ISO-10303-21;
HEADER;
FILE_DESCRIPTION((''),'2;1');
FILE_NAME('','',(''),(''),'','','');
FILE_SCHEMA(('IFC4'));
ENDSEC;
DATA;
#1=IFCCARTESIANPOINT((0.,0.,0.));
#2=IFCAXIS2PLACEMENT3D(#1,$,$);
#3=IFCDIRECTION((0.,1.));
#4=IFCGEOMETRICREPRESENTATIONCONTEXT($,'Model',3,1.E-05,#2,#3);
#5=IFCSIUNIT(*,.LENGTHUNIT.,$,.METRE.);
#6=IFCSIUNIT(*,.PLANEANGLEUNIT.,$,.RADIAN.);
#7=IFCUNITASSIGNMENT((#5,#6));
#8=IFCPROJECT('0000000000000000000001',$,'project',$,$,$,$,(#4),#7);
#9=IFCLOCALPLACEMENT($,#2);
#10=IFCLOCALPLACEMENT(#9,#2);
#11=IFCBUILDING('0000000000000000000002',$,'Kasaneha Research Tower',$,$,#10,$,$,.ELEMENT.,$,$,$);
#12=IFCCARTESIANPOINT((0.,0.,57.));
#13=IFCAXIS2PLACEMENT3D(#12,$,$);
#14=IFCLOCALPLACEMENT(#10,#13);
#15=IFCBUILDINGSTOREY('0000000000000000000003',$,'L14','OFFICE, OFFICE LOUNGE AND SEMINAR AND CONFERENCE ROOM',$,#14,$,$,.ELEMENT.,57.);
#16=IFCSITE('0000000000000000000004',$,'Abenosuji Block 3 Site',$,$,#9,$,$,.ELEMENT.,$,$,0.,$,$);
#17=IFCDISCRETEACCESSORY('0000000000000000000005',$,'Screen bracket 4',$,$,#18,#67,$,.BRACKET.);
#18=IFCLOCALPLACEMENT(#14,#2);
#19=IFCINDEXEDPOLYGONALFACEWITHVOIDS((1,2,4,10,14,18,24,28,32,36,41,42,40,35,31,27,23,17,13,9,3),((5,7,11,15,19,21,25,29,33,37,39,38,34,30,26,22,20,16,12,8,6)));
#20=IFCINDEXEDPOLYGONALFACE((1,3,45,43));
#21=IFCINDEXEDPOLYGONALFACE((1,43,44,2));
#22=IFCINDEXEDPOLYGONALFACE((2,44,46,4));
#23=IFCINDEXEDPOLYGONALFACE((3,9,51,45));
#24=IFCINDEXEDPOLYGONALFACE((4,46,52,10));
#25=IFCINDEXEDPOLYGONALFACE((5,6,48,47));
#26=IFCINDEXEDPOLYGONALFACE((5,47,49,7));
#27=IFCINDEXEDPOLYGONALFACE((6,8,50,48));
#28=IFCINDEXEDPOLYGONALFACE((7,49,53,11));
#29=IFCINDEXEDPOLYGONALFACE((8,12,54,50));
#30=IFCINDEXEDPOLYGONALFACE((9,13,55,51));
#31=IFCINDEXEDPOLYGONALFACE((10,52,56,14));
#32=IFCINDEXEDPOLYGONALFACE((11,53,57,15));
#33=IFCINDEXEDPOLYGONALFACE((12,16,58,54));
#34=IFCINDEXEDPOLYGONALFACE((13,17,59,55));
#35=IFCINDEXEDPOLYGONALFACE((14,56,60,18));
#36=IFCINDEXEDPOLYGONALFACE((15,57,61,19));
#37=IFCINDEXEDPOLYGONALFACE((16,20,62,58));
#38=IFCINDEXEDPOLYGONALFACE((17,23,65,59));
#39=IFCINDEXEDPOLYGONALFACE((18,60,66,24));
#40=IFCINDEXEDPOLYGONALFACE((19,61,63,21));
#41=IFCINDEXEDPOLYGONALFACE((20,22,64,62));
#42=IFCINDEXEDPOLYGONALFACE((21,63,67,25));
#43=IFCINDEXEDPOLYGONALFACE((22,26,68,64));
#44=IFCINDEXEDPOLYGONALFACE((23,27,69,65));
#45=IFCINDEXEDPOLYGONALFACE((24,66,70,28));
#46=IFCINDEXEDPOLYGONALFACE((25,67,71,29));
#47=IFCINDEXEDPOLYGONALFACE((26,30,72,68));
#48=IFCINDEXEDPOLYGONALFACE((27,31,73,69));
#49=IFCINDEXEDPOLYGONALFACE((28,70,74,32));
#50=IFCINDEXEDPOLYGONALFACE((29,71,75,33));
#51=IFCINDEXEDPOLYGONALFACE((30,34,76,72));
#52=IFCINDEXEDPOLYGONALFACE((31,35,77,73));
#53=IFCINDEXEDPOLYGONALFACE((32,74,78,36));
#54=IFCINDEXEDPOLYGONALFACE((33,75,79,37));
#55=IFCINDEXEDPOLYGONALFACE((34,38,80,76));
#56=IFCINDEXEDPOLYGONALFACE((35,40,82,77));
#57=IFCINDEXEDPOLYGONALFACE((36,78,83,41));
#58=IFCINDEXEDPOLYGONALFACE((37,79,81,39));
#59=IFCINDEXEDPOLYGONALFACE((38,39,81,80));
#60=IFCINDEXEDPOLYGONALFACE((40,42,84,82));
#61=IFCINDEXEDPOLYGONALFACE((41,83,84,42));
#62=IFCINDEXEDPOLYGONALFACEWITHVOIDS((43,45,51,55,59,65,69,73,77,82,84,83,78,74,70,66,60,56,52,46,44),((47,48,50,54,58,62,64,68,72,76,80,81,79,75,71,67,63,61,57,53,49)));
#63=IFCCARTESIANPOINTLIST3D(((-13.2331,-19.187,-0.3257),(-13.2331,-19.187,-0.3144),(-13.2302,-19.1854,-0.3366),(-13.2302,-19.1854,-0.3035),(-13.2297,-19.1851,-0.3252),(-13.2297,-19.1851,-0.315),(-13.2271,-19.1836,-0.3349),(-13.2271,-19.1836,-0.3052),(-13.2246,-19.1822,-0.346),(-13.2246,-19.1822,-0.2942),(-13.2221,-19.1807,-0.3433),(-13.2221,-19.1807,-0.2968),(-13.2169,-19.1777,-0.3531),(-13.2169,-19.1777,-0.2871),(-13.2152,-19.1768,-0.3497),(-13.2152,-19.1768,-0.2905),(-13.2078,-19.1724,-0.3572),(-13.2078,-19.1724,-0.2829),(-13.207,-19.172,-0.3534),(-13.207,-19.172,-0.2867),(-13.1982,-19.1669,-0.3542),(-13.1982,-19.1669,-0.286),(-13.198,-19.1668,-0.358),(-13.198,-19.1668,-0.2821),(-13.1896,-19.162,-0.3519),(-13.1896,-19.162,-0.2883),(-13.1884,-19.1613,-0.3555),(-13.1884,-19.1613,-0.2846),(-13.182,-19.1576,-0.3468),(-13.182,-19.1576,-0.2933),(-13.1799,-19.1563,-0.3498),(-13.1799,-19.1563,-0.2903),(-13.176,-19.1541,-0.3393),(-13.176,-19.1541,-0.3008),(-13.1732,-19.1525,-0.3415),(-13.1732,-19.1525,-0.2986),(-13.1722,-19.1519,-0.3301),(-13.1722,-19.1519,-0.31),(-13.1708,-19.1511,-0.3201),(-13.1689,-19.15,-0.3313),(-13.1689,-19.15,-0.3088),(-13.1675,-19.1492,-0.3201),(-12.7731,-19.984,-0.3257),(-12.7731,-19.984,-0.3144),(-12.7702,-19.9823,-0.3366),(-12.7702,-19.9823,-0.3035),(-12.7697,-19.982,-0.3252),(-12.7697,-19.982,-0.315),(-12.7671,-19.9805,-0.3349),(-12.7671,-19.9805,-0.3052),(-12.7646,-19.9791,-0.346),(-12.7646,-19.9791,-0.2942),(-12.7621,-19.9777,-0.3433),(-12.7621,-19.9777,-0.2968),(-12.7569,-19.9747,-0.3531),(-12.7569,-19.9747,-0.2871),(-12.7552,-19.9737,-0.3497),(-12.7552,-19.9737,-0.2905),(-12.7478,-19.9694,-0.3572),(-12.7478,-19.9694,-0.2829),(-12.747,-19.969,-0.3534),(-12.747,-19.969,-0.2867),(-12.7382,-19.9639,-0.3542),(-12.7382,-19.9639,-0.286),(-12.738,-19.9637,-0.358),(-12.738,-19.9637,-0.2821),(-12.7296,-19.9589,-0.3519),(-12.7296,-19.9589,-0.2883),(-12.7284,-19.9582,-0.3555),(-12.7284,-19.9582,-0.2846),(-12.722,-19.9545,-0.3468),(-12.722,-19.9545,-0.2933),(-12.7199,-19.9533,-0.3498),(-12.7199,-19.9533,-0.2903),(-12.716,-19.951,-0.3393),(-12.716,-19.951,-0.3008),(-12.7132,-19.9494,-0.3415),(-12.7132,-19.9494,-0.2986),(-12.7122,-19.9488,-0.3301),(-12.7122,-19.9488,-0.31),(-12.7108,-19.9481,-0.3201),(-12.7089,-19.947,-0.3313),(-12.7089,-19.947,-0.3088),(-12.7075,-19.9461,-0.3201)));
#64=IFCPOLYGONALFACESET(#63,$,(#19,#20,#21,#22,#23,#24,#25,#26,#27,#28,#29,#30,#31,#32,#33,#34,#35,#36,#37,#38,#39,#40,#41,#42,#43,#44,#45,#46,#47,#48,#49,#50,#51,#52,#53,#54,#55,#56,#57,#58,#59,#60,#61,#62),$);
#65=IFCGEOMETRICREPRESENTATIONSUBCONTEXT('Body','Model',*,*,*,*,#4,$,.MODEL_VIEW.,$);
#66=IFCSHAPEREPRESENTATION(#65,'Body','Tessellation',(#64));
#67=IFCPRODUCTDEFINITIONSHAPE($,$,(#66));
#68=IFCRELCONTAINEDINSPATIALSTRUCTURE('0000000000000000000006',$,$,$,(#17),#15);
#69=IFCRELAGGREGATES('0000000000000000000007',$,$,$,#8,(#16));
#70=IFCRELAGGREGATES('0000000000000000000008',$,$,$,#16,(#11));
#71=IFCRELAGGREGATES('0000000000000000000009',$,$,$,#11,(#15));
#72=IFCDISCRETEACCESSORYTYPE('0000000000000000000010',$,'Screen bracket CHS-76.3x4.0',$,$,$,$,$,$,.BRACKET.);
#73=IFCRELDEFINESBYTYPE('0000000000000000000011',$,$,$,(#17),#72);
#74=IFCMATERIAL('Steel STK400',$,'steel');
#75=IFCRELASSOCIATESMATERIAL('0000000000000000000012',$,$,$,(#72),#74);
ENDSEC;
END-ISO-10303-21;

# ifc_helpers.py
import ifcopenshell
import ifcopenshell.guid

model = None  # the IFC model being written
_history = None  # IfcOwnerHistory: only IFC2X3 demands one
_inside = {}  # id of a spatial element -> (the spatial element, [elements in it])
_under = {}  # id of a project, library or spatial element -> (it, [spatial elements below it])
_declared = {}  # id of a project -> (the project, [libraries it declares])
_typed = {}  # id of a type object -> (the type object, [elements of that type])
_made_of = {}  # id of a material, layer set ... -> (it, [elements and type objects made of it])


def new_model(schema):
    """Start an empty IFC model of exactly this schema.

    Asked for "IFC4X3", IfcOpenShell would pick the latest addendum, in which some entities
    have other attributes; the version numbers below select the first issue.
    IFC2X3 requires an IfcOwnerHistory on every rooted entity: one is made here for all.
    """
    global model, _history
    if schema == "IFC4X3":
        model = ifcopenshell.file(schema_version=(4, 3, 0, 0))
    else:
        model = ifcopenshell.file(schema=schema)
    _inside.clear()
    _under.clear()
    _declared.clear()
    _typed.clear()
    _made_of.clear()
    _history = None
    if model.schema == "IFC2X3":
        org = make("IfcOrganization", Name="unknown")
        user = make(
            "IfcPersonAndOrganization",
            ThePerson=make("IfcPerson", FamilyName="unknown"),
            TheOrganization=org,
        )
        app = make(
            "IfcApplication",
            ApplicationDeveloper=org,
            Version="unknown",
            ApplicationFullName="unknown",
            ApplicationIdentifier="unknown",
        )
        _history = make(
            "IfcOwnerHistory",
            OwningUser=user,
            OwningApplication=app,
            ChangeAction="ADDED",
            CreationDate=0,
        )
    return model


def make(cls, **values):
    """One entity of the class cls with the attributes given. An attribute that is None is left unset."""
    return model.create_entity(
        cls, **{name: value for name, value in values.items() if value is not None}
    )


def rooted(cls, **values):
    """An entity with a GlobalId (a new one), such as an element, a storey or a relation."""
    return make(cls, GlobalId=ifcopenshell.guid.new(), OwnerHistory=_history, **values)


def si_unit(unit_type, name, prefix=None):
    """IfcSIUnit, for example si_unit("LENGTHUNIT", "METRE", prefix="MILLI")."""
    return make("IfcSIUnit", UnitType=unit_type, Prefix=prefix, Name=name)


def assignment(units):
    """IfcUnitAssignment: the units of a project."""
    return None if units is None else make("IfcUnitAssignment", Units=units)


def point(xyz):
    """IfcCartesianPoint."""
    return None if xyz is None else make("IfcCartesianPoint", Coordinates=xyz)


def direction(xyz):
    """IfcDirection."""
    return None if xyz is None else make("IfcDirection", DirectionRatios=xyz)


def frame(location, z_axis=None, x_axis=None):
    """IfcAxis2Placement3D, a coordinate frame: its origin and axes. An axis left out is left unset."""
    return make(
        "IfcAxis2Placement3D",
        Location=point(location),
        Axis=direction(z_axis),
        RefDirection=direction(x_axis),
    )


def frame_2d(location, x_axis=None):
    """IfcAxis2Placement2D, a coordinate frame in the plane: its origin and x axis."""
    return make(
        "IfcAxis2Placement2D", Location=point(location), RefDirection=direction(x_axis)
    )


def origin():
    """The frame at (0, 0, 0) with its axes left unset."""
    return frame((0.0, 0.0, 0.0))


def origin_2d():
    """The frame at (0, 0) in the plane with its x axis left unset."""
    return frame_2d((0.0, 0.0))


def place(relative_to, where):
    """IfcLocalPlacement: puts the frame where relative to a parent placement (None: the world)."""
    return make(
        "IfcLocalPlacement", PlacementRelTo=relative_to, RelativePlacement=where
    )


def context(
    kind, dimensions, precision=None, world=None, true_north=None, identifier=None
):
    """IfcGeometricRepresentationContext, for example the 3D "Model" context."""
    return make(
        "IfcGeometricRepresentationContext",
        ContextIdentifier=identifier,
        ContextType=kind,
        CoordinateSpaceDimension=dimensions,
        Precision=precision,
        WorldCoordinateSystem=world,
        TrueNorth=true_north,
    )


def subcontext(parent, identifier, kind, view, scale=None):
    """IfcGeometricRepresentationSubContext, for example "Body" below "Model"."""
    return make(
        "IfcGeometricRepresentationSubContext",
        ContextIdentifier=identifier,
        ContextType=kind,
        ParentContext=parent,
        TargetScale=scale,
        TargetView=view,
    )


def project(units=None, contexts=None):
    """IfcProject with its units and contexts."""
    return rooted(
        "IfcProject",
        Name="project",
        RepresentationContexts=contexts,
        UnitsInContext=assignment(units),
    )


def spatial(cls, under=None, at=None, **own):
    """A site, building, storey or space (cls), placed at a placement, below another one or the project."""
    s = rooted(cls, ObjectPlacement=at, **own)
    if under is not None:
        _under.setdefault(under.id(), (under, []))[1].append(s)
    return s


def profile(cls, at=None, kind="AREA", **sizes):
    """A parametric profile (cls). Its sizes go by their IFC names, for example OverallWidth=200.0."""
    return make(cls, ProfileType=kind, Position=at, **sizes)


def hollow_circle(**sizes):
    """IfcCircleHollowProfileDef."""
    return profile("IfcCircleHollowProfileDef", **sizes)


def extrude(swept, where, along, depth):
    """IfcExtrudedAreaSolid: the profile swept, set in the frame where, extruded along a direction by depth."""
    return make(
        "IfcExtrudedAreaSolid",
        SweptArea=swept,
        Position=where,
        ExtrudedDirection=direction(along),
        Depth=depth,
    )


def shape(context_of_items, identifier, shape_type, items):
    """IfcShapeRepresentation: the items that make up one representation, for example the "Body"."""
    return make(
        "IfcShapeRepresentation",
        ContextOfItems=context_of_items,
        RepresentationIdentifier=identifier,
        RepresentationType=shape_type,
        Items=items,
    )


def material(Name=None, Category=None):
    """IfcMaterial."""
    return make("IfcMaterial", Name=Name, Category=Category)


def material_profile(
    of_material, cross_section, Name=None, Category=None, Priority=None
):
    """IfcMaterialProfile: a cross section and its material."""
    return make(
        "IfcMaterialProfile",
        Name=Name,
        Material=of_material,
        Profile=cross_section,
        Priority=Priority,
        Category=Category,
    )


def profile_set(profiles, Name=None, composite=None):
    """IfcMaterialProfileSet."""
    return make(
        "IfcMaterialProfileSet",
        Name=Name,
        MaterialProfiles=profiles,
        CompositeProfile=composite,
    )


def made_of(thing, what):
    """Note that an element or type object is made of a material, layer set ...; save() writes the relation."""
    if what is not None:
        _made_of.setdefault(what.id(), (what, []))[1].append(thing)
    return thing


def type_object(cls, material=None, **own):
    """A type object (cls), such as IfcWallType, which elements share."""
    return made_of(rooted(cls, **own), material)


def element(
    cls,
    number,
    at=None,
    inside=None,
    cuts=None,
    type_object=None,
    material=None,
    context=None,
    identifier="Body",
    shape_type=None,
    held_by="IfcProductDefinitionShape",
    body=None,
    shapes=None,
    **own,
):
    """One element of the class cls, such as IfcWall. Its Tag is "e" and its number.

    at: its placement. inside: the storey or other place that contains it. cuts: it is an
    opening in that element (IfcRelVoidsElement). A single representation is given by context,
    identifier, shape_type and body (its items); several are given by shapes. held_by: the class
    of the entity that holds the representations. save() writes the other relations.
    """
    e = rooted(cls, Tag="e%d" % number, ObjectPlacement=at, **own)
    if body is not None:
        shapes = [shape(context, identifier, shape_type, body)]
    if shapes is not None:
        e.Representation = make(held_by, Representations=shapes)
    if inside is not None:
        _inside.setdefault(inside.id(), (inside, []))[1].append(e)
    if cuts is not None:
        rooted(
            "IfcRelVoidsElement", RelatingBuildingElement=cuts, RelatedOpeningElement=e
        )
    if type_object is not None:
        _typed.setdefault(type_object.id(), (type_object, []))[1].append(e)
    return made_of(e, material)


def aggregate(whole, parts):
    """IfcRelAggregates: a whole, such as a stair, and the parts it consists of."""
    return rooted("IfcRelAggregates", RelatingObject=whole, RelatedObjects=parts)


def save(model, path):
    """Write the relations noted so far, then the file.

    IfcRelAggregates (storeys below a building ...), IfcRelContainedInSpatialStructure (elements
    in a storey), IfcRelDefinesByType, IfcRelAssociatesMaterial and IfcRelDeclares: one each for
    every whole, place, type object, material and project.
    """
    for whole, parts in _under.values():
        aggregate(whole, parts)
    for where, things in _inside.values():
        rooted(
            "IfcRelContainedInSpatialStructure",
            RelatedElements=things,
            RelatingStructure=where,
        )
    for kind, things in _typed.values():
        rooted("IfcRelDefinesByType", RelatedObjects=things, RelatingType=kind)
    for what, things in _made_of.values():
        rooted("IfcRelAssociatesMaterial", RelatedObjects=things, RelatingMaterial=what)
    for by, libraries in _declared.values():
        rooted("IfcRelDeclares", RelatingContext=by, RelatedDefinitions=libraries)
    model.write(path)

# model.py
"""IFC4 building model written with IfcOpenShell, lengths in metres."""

from ifc_helpers import new_model, si_unit, direction, frame, origin, origin_2d, place, context, subcontext, project, spatial, hollow_circle, extrude, material, material_profile, profile_set, type_object, element, save


model = new_model("IFC4")

# Units and contexts
model_context = context("Model", 3, precision=1e-05, world=origin(), true_north=direction((0.0, 1.0)))
body_context = subcontext(model_context, "Body", "Model", "MODEL_VIEW")
ifc_project = project(units=[si_unit("LENGTHUNIT", "METRE"), si_unit("PLANEANGLEUNIT", "RADIAN")], contexts=[model_context])

# Site, building, storey
site_placement = place(None, origin())
site = spatial("IfcSite", under=ifc_project, at=site_placement, Name="Abenosuji Block 3 Site", CompositionType="ELEMENT", RefElevation=0.0)
building_placement = place(site_placement, origin())
building = spatial("IfcBuilding", under=site, at=building_placement, Name="Kasaneha Research Tower", CompositionType="ELEMENT")
storey_placement = place(building_placement, frame((0.0, 0.0, 57.0)))
storey = spatial("IfcBuildingStorey", under=building, at=storey_placement, Name="L14", Description="OFFICE, OFFICE LOUNGE AND SEMINAR AND CONFERENCE ROOM", CompositionType="ELEMENT", Elevation=57.0)

# Discrete accessory
ifc_material_1 = material(Name="Steel STK400", Category="steel")
ifc_material_profile_1 = material_profile(ifc_material_1, hollow_circle(Radius=0.0381, WallThickness=0.0039, at=origin_2d()), Name="CHS-76.3x4.0")
ifc_profile_set_1 = profile_set([ifc_material_profile_1], Name="Steel STK400")
discrete_accessory_type = type_object("IfcDiscreteAccessoryType", Name="Screen bracket CHS-76.3x4.0", PredefinedType="BRACKET", material=ifc_profile_set_1)
discrete_accessory_1_placement = place(storey_placement, frame((-13.2004, -19.1682, -0.3201), z_axis=(0.499906, -0.86608, 0.0), x_axis=(0.86608, 0.499906, 0.0)))
element("IfcDiscreteAccessory", 1, at=discrete_accessory_1_placement, inside=storey, type_object=discrete_accessory_type, Name="Screen bracket 4", PredefinedType="BRACKET", context=body_context, shape_type="SweptSolid", body=[
    extrude(hollow_circle(Radius=0.0381, WallThickness=0.0039, at=origin_2d()), origin(), (0.0, 0.0, 1.0), 0.9202),
])

save(model, "model.ifc")
